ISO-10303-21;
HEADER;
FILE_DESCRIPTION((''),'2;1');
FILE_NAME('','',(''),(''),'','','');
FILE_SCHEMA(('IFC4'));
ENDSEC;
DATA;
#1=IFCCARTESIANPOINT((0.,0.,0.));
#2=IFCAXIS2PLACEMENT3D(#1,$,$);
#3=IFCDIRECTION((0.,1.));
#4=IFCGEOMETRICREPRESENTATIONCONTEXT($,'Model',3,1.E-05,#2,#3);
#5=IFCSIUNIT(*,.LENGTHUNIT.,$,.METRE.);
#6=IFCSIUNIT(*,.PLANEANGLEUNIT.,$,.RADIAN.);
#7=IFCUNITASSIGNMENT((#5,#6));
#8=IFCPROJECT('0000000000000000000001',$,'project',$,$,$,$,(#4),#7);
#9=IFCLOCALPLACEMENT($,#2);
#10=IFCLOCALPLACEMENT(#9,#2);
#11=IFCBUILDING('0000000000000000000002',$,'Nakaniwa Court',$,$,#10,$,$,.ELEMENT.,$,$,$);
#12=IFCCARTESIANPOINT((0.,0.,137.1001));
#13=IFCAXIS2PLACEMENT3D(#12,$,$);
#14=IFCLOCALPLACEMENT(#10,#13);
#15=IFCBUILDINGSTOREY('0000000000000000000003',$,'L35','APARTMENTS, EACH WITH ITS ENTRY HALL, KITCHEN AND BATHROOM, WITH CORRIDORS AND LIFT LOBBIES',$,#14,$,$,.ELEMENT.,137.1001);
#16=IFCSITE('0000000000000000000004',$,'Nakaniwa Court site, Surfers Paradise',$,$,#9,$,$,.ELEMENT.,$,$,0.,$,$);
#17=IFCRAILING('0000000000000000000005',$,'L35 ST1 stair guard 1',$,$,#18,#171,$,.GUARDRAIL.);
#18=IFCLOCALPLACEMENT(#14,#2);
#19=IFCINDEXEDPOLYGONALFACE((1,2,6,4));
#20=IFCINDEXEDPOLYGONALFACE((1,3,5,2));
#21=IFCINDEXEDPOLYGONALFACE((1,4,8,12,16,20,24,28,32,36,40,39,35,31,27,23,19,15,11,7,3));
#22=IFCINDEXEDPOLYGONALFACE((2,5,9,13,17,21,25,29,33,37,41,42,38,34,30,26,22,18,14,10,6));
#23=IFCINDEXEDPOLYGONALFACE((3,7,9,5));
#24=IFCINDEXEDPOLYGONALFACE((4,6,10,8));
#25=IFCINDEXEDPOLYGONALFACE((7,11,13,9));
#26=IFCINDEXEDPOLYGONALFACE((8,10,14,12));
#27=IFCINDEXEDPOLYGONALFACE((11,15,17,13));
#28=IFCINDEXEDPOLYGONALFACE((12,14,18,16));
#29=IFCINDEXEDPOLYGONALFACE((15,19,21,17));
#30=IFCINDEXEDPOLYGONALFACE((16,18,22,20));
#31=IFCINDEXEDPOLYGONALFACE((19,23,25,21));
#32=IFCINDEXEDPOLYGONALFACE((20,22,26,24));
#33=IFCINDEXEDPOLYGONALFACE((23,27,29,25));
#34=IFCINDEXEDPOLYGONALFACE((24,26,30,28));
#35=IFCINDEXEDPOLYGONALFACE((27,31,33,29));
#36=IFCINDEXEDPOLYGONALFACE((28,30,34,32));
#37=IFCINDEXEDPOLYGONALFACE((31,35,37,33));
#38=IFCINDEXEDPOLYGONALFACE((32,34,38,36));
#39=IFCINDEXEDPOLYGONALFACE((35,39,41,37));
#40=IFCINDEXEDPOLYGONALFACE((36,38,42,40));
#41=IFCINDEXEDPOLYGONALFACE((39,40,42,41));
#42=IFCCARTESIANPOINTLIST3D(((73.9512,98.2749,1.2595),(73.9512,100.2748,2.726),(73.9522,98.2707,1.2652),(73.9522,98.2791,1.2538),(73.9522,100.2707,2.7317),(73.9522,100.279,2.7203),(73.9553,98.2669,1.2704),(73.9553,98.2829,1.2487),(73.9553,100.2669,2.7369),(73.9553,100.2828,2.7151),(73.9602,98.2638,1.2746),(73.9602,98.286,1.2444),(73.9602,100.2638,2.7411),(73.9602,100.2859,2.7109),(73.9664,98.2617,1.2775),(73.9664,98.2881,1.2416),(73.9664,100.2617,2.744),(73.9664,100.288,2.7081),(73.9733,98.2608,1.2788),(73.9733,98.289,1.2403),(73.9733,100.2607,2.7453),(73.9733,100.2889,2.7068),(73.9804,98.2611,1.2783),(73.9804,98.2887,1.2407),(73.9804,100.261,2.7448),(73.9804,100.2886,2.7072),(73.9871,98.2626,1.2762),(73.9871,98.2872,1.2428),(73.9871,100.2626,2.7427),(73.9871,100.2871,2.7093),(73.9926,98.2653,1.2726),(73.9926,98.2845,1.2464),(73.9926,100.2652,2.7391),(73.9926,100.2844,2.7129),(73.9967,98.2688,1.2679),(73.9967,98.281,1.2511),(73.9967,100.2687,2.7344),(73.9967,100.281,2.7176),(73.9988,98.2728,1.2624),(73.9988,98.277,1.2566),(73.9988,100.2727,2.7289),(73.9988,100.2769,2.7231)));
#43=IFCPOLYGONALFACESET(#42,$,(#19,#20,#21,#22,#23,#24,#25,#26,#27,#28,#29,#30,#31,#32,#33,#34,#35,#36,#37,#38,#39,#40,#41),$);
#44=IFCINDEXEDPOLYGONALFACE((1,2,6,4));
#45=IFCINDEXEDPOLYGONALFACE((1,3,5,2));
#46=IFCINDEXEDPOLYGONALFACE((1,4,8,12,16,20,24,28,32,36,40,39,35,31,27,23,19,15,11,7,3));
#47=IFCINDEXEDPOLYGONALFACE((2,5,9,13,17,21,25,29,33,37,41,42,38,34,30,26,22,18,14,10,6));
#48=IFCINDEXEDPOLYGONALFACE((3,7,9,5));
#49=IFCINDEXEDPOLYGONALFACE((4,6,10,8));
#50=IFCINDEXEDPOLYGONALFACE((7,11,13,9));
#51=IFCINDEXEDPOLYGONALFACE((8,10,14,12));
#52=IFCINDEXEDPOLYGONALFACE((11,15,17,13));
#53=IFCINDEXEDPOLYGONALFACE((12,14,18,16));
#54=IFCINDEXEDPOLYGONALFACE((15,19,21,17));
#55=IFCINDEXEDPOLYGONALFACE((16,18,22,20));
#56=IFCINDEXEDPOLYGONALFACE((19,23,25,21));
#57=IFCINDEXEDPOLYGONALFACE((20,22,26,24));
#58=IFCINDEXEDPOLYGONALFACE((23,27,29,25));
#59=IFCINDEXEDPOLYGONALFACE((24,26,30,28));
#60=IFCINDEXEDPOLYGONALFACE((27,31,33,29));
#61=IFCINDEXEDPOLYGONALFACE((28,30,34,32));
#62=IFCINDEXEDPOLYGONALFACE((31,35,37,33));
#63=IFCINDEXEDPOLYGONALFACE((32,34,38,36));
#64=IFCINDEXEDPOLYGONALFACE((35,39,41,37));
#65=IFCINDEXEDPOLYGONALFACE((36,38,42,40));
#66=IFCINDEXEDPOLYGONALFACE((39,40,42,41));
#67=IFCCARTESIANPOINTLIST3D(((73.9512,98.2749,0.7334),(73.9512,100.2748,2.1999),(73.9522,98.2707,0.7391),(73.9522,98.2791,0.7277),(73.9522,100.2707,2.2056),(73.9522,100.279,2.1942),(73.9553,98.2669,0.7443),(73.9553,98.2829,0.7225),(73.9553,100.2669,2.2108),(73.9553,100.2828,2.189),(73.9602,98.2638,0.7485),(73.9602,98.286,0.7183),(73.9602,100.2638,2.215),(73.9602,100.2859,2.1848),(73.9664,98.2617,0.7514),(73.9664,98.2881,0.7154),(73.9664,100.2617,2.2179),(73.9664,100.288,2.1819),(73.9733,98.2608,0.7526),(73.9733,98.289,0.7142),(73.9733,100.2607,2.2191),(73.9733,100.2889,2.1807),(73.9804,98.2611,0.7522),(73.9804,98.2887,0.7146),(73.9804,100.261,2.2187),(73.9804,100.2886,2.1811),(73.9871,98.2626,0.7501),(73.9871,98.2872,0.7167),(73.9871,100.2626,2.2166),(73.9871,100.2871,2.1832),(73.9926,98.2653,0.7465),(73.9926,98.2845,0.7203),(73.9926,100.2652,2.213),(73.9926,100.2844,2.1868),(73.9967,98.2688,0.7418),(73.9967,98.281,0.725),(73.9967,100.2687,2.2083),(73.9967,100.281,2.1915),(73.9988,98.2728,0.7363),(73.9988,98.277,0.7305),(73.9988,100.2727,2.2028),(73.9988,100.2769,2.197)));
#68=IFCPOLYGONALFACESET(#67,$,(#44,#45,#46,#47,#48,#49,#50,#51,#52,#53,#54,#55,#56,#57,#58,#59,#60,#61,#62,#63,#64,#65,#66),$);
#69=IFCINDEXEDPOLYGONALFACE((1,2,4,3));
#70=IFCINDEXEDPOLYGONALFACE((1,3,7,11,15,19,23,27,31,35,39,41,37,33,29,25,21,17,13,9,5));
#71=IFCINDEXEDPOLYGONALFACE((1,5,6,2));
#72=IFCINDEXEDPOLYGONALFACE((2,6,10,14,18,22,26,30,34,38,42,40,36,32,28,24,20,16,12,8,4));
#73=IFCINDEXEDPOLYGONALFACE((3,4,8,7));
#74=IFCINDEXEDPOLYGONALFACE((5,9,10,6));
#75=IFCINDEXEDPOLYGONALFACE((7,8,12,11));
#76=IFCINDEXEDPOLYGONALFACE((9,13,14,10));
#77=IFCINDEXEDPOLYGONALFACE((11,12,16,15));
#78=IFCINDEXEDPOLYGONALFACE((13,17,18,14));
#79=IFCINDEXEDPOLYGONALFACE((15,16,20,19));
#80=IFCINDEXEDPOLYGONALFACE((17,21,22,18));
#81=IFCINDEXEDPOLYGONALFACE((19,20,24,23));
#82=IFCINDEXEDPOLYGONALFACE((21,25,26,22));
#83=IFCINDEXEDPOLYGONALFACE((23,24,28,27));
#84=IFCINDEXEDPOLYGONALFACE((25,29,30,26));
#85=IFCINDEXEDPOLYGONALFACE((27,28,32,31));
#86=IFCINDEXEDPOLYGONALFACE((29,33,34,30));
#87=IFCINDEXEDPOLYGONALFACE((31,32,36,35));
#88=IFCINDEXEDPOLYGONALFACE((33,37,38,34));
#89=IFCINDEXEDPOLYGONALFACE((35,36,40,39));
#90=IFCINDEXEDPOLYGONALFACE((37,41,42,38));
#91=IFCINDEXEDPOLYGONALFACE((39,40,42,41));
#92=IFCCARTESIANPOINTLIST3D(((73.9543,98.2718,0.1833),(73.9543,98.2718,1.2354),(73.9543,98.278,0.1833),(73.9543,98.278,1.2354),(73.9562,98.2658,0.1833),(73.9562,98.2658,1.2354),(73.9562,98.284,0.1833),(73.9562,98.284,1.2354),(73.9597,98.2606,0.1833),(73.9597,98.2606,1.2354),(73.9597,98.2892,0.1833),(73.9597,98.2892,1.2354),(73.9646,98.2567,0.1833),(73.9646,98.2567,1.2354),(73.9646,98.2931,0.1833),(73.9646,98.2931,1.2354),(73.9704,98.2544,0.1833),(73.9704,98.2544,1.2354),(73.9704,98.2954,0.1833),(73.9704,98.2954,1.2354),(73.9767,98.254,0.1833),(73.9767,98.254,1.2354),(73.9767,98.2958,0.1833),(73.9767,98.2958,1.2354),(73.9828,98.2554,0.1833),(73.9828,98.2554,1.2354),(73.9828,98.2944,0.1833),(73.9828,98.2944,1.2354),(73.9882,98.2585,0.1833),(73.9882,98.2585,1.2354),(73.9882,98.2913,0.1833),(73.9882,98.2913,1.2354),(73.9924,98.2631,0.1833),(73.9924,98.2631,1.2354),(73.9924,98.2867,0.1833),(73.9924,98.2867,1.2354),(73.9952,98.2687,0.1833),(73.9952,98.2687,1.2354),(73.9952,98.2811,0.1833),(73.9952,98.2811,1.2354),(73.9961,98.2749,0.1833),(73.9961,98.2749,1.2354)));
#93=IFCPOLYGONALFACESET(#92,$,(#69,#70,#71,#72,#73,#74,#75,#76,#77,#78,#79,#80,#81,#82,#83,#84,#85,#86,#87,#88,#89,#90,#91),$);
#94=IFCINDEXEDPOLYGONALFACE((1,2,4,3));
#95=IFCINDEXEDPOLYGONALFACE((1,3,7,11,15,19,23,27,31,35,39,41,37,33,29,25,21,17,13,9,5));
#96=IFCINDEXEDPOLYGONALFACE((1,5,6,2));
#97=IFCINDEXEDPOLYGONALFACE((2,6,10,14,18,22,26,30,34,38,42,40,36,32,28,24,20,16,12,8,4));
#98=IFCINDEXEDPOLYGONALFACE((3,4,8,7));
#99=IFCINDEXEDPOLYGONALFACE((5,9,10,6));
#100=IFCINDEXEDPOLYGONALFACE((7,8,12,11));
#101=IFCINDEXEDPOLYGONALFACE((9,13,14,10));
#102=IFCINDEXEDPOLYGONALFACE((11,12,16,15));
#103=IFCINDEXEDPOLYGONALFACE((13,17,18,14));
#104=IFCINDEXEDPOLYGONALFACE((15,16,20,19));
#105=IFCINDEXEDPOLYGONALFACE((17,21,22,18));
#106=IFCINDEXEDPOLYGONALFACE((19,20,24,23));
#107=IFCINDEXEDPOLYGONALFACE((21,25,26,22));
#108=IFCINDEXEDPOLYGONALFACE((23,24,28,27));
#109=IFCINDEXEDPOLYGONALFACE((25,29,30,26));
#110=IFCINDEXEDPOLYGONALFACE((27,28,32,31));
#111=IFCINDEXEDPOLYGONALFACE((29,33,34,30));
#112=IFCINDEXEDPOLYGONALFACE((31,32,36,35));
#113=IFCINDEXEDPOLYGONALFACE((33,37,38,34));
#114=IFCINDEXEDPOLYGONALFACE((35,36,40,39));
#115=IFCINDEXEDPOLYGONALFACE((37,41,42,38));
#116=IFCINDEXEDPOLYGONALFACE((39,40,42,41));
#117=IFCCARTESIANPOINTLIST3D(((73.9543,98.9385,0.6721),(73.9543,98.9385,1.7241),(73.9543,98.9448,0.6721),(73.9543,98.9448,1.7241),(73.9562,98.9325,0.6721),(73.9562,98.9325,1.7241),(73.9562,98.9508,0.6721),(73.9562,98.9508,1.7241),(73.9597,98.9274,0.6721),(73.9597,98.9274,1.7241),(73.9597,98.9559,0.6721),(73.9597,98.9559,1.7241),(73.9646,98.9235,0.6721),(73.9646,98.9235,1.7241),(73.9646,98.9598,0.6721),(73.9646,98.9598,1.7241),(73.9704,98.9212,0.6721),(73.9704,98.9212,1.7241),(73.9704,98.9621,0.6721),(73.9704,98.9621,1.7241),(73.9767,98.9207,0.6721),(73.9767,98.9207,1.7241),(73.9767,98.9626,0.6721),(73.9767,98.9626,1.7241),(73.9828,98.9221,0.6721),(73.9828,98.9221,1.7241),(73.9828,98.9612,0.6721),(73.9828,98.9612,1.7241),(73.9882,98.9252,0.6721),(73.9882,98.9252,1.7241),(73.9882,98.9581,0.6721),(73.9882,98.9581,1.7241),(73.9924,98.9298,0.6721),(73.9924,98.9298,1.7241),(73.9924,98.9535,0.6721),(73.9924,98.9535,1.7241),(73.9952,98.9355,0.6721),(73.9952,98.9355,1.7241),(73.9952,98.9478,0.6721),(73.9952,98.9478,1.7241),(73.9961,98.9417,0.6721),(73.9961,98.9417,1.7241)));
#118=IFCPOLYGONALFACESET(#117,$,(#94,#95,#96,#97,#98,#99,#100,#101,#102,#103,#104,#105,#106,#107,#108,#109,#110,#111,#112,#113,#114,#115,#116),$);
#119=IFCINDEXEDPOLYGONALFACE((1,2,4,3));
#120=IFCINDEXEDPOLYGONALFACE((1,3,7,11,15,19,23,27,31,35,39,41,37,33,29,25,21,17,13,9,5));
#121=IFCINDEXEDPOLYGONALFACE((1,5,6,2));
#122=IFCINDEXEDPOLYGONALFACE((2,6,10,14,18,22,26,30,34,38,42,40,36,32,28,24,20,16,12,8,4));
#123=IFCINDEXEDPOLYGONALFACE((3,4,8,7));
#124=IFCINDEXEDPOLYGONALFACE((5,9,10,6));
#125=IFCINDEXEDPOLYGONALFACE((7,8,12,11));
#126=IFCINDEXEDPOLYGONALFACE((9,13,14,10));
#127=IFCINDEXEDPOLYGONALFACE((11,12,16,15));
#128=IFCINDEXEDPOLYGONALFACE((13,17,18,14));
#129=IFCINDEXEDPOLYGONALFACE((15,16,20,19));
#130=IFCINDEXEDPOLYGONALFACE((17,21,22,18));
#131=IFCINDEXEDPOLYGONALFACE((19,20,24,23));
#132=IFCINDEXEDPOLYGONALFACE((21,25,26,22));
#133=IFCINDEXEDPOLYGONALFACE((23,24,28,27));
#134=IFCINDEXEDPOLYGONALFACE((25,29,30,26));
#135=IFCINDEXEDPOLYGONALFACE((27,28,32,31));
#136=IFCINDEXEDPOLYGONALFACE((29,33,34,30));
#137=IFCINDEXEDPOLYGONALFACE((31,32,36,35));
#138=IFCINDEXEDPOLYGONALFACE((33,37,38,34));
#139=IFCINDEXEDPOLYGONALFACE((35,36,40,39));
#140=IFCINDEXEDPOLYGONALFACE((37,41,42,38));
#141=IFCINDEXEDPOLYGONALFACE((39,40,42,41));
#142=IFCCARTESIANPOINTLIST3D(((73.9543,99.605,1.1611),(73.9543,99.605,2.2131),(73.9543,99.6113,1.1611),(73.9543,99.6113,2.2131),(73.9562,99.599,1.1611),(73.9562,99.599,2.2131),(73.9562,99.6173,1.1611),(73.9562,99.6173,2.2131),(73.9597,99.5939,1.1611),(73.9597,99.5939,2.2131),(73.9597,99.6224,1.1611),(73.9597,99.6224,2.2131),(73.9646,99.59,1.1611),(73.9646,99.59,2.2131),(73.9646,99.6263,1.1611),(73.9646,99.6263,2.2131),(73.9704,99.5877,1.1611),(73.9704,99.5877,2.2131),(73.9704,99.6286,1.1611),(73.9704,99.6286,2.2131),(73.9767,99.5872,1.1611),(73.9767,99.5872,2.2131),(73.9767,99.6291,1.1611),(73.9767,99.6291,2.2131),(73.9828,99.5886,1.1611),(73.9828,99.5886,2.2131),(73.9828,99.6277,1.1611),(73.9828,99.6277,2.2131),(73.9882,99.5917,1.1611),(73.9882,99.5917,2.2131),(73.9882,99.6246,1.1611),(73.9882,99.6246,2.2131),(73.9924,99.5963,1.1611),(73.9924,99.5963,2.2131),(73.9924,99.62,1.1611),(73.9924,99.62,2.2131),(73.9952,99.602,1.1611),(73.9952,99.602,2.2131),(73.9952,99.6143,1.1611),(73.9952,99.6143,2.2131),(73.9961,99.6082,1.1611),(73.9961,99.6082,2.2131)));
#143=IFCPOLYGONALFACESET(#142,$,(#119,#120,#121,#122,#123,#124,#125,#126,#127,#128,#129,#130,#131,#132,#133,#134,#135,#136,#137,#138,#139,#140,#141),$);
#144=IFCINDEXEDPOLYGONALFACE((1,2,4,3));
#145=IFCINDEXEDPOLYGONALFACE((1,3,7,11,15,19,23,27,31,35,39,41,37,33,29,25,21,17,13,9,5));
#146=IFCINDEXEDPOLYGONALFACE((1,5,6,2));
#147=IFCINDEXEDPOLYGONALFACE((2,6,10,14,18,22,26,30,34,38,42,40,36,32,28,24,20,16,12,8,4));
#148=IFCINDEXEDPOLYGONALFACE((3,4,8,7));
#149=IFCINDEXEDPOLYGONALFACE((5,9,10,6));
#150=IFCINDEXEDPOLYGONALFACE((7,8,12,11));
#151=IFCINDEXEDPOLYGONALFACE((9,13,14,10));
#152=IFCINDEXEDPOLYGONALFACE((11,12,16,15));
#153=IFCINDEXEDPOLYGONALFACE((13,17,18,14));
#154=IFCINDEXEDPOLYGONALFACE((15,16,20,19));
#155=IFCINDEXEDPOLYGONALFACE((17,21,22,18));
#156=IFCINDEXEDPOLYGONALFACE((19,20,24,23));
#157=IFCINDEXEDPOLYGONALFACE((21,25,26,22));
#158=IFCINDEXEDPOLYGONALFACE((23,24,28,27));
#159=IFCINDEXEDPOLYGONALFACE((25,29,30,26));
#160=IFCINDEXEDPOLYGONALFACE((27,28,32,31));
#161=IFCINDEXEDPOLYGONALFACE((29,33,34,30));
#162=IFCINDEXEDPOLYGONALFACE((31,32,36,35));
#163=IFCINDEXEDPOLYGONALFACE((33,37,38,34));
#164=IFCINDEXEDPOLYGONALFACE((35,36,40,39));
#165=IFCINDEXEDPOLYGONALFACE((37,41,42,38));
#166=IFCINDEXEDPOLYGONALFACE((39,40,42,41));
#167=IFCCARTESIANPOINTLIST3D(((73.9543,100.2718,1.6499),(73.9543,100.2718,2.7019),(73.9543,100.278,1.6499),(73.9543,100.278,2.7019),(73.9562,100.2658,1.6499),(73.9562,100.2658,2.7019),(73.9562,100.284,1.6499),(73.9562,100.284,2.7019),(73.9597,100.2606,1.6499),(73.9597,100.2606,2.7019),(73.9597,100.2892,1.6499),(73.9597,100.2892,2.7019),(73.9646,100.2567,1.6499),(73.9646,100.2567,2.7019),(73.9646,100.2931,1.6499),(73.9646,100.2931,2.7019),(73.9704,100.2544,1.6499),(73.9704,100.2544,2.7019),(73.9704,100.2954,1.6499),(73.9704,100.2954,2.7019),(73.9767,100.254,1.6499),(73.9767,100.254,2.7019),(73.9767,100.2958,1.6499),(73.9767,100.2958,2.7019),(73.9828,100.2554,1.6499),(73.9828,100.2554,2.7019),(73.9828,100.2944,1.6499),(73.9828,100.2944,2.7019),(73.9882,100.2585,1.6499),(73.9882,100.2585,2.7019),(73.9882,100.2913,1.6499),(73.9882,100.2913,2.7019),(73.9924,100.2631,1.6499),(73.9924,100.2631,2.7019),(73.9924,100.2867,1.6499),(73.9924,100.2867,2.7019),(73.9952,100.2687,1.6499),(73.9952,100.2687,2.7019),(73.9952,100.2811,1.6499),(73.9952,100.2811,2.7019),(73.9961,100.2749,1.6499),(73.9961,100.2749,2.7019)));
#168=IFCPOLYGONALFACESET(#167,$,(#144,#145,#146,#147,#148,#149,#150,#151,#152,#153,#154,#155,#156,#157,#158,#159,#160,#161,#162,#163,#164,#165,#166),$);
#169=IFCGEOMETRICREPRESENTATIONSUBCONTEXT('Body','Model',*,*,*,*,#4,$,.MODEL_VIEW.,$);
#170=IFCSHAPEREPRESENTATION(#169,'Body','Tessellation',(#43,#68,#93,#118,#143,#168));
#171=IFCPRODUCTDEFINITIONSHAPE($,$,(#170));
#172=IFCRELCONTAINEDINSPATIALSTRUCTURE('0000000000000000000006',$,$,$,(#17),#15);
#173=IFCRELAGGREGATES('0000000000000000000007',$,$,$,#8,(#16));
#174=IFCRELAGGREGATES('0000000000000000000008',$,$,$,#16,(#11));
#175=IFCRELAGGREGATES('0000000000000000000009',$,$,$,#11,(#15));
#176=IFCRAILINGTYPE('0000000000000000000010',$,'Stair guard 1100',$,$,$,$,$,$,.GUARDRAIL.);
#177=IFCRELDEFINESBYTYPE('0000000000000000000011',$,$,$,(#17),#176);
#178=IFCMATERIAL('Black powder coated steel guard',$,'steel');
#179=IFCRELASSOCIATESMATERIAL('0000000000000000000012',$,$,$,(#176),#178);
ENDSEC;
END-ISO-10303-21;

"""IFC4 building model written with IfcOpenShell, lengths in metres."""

from ifc_helpers import new_model, si_unit, direction, frame, origin, origin_2d, place, context, subcontext, project, spatial, circle, extrude, material, type_object, element, save


model = new_model("IFC4")

# Units and contexts
model_context = context("Model", 3, precision=1e-05, world=origin(), true_north=direction((0.0, 1.0)))
body_context = subcontext(model_context, "Body", "Model", "MODEL_VIEW")
ifc_project = project(units=[si_unit("LENGTHUNIT", "METRE"), si_unit("PLANEANGLEUNIT", "RADIAN")], contexts=[model_context])

# Site, building, storey
site_placement = place(None, origin())
site = spatial("IfcSite", under=ifc_project, at=site_placement, Name="Nakaniwa Court site, Surfers Paradise", CompositionType="ELEMENT", RefElevation=0.0)
building_placement = place(site_placement, origin())
building = spatial("IfcBuilding", under=site, at=building_placement, Name="Nakaniwa Court", CompositionType="ELEMENT")
storey_placement = place(building_placement, frame((0.0, 0.0, 137.1001)))
storey = spatial("IfcBuildingStorey", under=building, at=storey_placement, Name="L35", Description="APARTMENTS, EACH WITH ITS ENTRY HALL, KITCHEN AND BATHROOM, WITH CORRIDORS AND LIFT LOBBIES", CompositionType="ELEMENT", Elevation=137.1001)

# Railing
ifc_material_1 = material(Name="Black powder coated steel guard", Category="steel")
railing_type_1 = type_object("IfcRailingType", Name="Stair guard 1100", PredefinedType="GUARDRAIL", material=ifc_material_1)
railing_1_placement = place(storey_placement, frame((73.9751, 98.2749, 0.1833)))
element("IfcRailing", 1, at=railing_1_placement, inside=storey, type_object=railing_type_1, Name="L35 ST1 stair guard 1", PredefinedType="GUARDRAIL", context=body_context, shape_type="SweptSolid", body=[
    extrude(circle(Radius=0.0239, at=origin_2d()), frame((0.0, 0.0, 1.0762), z_axis=(0.0, 0.806427, 0.591334), x_axis=(-1.0, 0.0, 0.0)), (0.0, 0.0, 1.0), 2.48),
    extrude(circle(Radius=0.0239, at=origin_2d()), frame((0.0, 0.0, 0.55), z_axis=(0.0, 0.806427, 0.591334), x_axis=(-1.0, 0.0, 0.0)), (0.0, 0.0, 1.0), 2.48),
    extrude(circle(Radius=0.021, at=origin_2d()), origin(), (0.0, 0.0, 1.0), 1.052),
    extrude(circle(Radius=0.021, at=origin_2d()), frame((0.0, 0.6667, 0.4888)), (0.0, 0.0, 1.0), 1.052),
    extrude(circle(Radius=0.021, at=origin_2d()), frame((0.0, 1.3333, 0.9778)), (0.0, 0.0, 1.0), 1.052),
    extrude(circle(Radius=0.021, at=origin_2d()), frame((0.0, 2.0, 1.4666)), (0.0, 0.0, 1.0), 1.052),
])

save(model, "model.ifc")
